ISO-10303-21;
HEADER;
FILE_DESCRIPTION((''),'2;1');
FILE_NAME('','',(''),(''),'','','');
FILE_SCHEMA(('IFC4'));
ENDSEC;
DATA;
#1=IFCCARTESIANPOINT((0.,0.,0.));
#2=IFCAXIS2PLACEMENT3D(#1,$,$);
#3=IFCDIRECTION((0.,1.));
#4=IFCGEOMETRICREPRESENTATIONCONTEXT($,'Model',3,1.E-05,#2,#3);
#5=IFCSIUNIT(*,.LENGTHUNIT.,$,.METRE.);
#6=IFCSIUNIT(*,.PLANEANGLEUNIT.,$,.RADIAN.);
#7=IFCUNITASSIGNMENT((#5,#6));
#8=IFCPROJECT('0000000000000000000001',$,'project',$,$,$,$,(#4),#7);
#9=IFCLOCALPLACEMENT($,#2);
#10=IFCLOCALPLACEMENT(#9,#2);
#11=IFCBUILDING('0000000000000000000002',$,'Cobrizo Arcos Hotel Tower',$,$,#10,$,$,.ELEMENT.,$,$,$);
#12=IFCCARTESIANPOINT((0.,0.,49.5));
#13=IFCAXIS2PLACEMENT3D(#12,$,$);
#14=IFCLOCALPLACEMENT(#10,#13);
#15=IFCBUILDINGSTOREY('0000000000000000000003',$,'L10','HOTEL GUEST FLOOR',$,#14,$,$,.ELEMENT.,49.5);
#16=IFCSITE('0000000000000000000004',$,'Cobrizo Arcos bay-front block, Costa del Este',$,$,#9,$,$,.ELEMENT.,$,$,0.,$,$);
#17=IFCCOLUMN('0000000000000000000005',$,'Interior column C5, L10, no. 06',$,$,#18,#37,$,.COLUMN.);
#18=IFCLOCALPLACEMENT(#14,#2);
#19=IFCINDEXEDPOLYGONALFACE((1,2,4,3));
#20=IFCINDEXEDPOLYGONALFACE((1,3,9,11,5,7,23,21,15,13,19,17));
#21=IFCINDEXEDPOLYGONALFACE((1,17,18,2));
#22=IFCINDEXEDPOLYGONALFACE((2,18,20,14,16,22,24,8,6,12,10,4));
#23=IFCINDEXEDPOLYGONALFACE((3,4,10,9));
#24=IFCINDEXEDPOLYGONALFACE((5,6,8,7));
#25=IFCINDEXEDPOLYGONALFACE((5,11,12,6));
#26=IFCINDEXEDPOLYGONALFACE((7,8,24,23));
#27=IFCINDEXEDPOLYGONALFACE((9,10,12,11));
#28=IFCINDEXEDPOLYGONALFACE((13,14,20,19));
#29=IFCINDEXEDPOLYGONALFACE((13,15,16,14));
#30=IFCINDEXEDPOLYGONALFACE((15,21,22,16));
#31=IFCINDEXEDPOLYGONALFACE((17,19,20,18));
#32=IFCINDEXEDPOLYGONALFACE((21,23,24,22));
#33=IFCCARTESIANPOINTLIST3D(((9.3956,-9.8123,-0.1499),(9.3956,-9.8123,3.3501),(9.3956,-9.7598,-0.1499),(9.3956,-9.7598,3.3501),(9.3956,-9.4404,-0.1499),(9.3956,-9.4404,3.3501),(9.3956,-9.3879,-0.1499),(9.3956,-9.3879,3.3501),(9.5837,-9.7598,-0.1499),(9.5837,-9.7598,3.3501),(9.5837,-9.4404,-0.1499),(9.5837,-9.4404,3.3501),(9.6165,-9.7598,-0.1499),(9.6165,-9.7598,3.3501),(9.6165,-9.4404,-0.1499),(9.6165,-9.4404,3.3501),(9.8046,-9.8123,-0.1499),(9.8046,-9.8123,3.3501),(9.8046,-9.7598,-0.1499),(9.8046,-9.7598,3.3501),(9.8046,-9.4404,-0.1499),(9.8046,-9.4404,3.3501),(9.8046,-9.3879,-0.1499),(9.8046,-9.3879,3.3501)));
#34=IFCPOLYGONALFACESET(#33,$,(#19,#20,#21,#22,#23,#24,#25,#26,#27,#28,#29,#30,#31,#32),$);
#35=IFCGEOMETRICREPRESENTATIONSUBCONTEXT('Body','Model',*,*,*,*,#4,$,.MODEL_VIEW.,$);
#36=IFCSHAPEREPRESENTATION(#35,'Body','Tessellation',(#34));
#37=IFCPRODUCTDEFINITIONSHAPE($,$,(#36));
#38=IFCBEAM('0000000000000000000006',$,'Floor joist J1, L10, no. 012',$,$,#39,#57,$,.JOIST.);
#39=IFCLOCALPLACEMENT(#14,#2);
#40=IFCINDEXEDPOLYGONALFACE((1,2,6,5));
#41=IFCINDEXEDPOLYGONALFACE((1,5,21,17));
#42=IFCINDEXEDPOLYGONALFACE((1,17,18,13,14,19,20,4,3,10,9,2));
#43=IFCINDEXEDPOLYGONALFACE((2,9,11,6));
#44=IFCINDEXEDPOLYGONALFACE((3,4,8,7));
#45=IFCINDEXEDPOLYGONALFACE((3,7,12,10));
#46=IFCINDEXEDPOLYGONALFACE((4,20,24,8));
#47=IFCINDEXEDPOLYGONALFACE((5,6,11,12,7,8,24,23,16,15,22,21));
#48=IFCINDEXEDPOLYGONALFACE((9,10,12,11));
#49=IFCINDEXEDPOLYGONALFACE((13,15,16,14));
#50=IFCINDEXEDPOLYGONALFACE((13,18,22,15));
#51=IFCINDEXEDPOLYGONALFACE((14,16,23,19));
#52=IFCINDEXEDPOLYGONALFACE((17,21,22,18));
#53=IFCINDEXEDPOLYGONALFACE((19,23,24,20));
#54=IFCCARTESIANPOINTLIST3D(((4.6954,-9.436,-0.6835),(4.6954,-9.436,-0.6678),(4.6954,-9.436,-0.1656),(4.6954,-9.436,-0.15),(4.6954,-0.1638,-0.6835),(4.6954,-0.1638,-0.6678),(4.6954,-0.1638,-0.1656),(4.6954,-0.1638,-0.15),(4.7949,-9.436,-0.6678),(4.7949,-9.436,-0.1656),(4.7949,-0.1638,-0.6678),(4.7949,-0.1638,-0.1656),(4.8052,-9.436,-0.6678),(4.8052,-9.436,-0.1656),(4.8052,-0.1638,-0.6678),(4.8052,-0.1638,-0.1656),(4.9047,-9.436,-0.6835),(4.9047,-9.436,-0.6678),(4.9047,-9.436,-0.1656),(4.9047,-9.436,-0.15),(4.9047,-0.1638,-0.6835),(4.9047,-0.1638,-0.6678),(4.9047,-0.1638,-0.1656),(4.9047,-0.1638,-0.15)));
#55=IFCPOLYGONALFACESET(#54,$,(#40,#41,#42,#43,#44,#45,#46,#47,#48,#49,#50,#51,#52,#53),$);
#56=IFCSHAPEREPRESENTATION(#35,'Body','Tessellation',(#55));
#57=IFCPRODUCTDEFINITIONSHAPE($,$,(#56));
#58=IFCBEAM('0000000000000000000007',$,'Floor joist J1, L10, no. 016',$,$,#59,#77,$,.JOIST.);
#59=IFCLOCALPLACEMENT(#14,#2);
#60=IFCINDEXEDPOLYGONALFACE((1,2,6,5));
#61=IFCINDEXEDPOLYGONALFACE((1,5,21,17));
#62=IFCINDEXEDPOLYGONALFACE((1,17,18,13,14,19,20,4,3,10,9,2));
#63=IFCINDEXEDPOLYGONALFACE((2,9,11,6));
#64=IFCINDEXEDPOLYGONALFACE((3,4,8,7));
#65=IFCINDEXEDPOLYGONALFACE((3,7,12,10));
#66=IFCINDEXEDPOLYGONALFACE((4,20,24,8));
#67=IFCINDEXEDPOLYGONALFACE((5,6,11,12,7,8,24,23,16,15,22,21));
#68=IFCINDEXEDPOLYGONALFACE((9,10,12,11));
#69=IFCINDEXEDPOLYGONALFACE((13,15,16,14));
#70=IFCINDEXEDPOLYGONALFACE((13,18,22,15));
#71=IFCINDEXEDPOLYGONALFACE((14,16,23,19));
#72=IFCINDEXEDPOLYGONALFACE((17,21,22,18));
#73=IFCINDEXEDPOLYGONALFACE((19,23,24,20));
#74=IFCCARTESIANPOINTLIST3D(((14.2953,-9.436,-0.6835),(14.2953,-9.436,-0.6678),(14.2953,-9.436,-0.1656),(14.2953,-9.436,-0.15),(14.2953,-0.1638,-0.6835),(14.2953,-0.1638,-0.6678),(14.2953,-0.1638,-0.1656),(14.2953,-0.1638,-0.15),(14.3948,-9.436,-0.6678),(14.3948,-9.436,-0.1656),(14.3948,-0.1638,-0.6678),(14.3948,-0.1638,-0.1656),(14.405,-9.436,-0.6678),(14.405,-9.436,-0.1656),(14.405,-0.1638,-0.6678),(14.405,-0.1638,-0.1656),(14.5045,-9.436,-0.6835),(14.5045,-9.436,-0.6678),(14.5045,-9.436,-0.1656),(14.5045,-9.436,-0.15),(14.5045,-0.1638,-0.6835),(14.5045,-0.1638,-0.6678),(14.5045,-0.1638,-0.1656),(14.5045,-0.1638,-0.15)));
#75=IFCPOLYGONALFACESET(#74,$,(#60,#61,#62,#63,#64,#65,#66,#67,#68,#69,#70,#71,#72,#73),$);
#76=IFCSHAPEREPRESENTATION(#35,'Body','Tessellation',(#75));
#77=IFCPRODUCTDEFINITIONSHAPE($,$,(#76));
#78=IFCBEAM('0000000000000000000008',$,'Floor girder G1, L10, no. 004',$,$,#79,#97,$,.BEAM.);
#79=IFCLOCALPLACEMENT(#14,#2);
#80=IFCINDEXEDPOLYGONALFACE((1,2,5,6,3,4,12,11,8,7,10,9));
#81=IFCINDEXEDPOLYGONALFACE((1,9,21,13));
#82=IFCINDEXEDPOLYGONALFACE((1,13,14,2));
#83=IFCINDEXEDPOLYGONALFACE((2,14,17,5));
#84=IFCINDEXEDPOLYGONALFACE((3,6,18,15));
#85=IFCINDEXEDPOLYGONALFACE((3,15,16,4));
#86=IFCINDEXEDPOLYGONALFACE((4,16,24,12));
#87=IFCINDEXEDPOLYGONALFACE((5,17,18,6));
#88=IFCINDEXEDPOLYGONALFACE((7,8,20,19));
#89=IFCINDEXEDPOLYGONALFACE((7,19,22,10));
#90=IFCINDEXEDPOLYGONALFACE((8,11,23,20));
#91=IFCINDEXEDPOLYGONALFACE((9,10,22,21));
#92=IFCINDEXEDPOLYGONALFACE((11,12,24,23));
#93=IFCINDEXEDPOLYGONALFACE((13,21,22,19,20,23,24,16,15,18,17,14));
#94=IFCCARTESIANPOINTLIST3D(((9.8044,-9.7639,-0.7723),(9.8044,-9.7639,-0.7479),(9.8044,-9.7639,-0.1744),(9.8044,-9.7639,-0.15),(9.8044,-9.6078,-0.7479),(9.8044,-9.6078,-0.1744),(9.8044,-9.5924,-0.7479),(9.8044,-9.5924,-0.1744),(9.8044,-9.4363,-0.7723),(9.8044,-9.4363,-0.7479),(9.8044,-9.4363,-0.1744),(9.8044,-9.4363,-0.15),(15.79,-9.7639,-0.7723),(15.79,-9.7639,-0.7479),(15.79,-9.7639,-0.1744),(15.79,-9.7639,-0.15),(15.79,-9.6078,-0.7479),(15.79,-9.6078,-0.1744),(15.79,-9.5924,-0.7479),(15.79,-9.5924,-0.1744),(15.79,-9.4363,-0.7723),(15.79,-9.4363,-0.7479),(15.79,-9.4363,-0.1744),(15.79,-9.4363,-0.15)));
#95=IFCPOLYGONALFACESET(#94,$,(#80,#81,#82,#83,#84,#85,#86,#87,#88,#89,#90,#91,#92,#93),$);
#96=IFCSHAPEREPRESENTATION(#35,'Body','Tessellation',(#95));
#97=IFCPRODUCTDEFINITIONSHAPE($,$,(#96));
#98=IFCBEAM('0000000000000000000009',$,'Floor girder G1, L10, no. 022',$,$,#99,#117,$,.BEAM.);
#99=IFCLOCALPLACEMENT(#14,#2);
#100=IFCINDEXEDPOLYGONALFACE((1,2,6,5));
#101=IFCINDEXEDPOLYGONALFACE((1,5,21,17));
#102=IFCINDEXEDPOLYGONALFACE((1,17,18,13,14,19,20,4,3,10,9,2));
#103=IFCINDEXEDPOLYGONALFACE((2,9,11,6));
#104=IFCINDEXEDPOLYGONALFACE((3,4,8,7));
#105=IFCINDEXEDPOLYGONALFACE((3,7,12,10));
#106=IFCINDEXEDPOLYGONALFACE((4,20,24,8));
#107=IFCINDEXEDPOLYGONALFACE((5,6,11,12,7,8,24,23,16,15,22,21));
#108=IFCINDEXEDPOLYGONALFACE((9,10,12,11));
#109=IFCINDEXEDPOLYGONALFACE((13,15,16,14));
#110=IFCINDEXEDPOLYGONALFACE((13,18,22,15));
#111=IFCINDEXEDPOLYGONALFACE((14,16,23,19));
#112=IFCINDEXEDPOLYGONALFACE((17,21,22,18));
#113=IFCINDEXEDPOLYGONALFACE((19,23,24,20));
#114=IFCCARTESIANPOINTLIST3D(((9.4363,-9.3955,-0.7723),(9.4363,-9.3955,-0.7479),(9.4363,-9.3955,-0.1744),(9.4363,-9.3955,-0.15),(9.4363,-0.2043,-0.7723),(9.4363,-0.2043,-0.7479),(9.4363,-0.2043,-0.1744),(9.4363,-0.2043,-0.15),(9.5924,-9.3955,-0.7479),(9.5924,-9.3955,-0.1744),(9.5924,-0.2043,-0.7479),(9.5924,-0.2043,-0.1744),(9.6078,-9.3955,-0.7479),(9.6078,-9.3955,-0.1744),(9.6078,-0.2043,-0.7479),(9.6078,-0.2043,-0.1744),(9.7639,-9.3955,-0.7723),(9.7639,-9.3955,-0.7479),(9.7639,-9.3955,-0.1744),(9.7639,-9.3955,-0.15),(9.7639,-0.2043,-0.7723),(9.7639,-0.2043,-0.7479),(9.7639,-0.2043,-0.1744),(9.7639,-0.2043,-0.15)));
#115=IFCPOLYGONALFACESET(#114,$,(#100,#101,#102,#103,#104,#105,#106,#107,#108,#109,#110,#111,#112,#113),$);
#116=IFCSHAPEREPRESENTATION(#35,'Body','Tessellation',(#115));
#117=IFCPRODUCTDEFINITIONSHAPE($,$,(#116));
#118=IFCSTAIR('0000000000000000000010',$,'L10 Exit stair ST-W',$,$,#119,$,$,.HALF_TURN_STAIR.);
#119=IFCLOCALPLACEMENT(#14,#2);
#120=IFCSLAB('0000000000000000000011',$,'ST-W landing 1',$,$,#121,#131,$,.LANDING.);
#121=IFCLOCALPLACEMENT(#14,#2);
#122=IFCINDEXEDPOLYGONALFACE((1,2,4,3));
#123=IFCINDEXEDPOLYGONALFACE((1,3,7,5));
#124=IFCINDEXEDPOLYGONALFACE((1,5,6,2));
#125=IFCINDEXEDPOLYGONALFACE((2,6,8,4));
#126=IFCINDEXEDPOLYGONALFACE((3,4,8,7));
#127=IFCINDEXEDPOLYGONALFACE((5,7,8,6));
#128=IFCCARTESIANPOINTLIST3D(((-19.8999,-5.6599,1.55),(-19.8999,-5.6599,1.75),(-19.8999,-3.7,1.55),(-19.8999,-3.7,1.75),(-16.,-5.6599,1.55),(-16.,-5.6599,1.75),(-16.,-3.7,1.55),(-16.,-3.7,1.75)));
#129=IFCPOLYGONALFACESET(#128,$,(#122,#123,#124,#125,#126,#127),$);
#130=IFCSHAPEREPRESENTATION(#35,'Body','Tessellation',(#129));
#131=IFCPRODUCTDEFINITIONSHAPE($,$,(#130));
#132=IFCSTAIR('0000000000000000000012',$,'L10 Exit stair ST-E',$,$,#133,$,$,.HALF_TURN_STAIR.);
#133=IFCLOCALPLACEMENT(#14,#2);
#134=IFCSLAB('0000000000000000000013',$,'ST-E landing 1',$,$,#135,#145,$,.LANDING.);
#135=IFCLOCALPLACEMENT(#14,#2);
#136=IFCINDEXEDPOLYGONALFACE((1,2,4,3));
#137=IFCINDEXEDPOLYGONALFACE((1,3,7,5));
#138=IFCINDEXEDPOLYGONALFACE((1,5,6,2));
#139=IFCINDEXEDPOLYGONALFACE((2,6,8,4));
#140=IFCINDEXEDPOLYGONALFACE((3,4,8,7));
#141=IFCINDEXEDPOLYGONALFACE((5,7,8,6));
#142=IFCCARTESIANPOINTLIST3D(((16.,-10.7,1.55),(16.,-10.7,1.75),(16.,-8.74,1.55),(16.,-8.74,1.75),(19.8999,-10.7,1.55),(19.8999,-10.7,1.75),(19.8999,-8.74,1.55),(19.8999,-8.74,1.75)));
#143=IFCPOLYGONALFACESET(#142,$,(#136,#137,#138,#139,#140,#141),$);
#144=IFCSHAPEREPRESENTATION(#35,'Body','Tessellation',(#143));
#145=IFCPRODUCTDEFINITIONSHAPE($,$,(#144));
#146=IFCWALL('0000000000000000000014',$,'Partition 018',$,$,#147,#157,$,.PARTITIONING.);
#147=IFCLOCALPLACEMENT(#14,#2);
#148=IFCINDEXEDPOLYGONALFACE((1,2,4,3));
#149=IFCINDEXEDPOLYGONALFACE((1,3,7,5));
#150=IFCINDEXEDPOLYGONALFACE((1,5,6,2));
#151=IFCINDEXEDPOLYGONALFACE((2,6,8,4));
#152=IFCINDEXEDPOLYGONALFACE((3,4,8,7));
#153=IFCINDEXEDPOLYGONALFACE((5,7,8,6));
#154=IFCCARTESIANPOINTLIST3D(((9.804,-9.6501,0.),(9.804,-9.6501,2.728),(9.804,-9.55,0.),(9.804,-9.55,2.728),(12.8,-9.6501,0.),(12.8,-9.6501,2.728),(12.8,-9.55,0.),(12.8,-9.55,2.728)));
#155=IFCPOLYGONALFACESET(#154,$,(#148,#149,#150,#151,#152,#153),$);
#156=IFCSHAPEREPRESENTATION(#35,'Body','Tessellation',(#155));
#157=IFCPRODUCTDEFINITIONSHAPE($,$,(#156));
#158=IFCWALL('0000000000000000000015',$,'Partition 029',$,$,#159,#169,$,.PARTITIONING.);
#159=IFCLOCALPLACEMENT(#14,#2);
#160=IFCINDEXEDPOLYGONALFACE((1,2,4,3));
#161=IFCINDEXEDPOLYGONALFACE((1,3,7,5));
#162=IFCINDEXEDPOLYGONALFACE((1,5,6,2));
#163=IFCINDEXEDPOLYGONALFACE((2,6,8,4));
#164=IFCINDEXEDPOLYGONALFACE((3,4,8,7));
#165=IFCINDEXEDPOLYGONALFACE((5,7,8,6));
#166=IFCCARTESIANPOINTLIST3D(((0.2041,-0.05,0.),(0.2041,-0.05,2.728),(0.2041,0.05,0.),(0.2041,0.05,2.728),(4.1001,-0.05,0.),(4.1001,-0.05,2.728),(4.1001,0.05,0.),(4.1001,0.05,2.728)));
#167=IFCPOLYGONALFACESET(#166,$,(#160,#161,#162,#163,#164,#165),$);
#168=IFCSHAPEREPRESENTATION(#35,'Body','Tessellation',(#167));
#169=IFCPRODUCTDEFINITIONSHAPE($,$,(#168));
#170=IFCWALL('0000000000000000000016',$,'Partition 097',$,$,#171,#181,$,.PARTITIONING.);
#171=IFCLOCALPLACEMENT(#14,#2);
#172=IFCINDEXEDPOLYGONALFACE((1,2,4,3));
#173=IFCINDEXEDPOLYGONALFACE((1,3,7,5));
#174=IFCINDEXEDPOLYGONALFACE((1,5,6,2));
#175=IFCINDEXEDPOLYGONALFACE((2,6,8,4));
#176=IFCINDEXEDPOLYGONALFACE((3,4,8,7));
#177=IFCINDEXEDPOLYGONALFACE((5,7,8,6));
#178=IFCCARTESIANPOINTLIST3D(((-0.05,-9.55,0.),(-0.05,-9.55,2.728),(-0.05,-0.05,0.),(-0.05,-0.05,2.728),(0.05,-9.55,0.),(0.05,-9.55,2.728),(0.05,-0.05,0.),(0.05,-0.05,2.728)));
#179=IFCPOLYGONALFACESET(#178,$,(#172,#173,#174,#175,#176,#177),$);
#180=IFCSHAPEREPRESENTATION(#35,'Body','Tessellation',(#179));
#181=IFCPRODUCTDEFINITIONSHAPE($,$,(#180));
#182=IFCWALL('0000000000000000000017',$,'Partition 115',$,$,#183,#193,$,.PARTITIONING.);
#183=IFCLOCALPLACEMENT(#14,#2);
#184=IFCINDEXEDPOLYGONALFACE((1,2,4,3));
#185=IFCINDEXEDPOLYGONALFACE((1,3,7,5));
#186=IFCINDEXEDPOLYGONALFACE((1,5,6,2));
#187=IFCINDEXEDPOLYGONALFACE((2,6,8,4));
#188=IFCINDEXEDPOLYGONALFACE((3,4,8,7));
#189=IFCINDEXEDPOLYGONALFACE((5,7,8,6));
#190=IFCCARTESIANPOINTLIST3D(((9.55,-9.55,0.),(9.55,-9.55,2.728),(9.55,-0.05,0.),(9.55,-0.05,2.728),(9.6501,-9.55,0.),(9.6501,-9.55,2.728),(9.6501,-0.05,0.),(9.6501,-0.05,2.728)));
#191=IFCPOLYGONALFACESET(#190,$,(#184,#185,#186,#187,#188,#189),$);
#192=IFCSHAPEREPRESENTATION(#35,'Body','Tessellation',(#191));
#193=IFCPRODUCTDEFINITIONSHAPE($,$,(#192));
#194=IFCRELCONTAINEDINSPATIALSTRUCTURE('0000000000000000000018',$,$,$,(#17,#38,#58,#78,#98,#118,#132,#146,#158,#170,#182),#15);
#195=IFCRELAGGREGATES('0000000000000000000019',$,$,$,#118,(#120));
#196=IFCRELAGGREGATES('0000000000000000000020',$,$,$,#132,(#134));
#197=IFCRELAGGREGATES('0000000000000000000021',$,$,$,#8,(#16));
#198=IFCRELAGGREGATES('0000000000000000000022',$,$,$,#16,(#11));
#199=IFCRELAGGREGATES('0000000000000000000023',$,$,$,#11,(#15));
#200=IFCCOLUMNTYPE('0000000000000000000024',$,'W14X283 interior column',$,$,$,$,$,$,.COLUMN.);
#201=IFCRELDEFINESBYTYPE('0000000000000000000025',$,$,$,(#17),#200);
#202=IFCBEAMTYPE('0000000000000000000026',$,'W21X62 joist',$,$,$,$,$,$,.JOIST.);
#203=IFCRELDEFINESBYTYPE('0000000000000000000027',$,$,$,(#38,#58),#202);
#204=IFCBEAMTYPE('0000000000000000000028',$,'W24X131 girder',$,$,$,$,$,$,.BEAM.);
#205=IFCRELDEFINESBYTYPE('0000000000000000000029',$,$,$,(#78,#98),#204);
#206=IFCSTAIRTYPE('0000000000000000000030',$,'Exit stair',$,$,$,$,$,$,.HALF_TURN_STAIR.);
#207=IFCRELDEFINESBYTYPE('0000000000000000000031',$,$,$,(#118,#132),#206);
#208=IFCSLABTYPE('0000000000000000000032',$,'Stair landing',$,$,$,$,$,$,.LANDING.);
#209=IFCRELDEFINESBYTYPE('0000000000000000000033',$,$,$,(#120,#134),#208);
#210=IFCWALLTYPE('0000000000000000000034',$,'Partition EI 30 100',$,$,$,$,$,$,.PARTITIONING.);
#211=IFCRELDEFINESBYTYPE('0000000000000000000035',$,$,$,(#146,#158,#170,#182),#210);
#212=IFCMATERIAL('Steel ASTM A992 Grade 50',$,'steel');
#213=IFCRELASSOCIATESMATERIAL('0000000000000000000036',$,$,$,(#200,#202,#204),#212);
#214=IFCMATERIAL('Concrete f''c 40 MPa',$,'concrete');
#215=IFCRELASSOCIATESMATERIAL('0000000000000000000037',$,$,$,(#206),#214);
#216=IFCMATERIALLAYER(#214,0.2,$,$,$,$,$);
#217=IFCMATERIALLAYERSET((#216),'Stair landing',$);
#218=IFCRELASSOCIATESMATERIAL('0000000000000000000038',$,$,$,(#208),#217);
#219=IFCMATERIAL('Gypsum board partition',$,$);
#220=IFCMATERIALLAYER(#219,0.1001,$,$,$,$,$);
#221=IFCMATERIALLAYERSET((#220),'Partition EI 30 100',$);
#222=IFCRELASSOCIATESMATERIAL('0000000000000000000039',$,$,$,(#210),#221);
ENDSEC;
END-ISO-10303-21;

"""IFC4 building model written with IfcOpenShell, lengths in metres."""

from ifc_helpers import new_model, si_unit, direction, frame, frame_2d, origin, origin_2d, place, context, subcontext, project, spatial, polyline, rectangle, i_section, outline, extrude, material, layer, layer_set, material_profile, profile_set, type_object, element, aggregate, save


model = new_model("IFC4")

# Units and contexts
model_context = context("Model", 3, precision=1e-05, world=origin(), true_north=direction((0.0, 1.0)))
body_context = subcontext(model_context, "Body", "Model", "MODEL_VIEW")
ifc_project = project(units=[si_unit("LENGTHUNIT", "METRE"), si_unit("PLANEANGLEUNIT", "RADIAN")], contexts=[model_context])

# Site, building, storey
site_placement = place(None, origin())
site = spatial("IfcSite", under=ifc_project, at=site_placement, Name="Cobrizo Arcos bay-front block, Costa del Este", CompositionType="ELEMENT", RefElevation=0.0)
building_placement = place(site_placement, origin())
building = spatial("IfcBuilding", under=site, at=building_placement, Name="Cobrizo Arcos Hotel Tower", CompositionType="ELEMENT")
storey_placement = place(building_placement, frame((0.0, 0.0, 49.5)))
storey = spatial("IfcBuildingStorey", under=building, at=storey_placement, Name="L10", Description="HOTEL GUEST FLOOR", CompositionType="ELEMENT", Elevation=49.5)

# Column
ifc_material_1 = material(Name="Steel ASTM A992 Grade 50", Category="steel")
ifc_material_profile_1 = material_profile(ifc_material_1, i_section(OverallWidth=0.4089, OverallDepth=0.4243, WebThickness=0.0327, FlangeThickness=0.0525, at=origin_2d()), Name="W14X283")
ifc_profile_set_1 = profile_set([ifc_material_profile_1], Name="Steel ASTM A992 Grade 50")
column_type = type_object("IfcColumnType", Name="W14X283 interior column", PredefinedType="COLUMN", material=ifc_profile_set_1)
column_placement = place(storey_placement, frame((9.6001, -9.6001, -0.1499), z_axis=(0.0, 0.0, 1.0), x_axis=(1.0, 0.0, 0.0)))
element("IfcColumn", 1, at=column_placement, inside=storey, type_object=column_type, Name="Interior column C5, L10, no. 06", PredefinedType="COLUMN", context=body_context, shape_type="SweptSolid", body=[
    extrude(i_section(OverallWidth=0.4089, OverallDepth=0.4243, WebThickness=0.0327, FlangeThickness=0.0525, at=origin_2d()), origin(), (0.0, 0.0, 1.0), 3.5),
])

# Beams
ifc_material_profile_2 = material_profile(ifc_material_1, i_section(OverallWidth=0.2092, OverallDepth=0.5334, WebThickness=0.0103, FlangeThickness=0.0156, at=origin_2d()), Name="W21X62")
ifc_profile_set_2 = profile_set([ifc_material_profile_2], Name="Steel ASTM A992 Grade 50")
beam_type_1 = type_object("IfcBeamType", Name="W21X62 joist", PredefinedType="JOIST", material=ifc_profile_set_2)
for number, where, z_axis, x_axis, name in (
    (2, (4.8, -9.436, -0.4167), (0.0, 1.0, 0.0), (-1.0, 0.0, 0.0), "Floor joist J1, L10, no. 012"),
    (3, (14.3999, -9.436, -0.4167), (0.0, 1.0, 0.0), (-1.0, 0.0, 0.0), "Floor joist J1, L10, no. 016"),
):
    element("IfcBeam", number, at=place(storey_placement, frame(where, z_axis=z_axis, x_axis=x_axis)), inside=storey, type_object=beam_type_1, Name=name, PredefinedType="JOIST", context=body_context, shape_type="SweptSolid", body=[
        extrude(i_section(OverallWidth=0.2092, OverallDepth=0.5334, WebThickness=0.0103, FlangeThickness=0.0156, at=origin_2d()), origin(), (0.0, 0.0, 1.0), 9.2722),
    ])
ifc_material_profile_3 = material_profile(ifc_material_1, i_section(OverallWidth=0.3276, OverallDepth=0.6223, WebThickness=0.0154, FlangeThickness=0.0244, at=origin_2d()), Name="W24X131")
ifc_profile_set_3 = profile_set([ifc_material_profile_3], Name="Steel ASTM A992 Grade 50")
beam_type_2 = type_object("IfcBeamType", Name="W24X131 girder", PredefinedType="BEAM", material=ifc_profile_set_3)
beam_1_placement = place(storey_placement, frame((9.8044, -9.6001, -0.4612), z_axis=(1.0, 0.0, 0.0), x_axis=(0.0, 1.0, 0.0)))
element("IfcBeam", 4, at=beam_1_placement, inside=storey, type_object=beam_type_2, Name="Floor girder G1, L10, no. 004", PredefinedType="BEAM", context=body_context, shape_type="SweptSolid", body=[
    extrude(i_section(OverallWidth=0.3276, OverallDepth=0.6223, WebThickness=0.0154, FlangeThickness=0.0244, at=origin_2d()), origin(), (0.0, 0.0, 1.0), 5.9856),
])
beam_2_placement = place(storey_placement, frame((9.6001, -9.3955, -0.4612), z_axis=(0.0, 1.0, 0.0), x_axis=(-1.0, 0.0, 0.0)))
element("IfcBeam", 5, at=beam_2_placement, inside=storey, type_object=beam_type_2, Name="Floor girder G1, L10, no. 022", PredefinedType="BEAM", context=body_context, shape_type="SweptSolid", body=[
    extrude(i_section(OverallWidth=0.3276, OverallDepth=0.6223, WebThickness=0.0154, FlangeThickness=0.0244, at=origin_2d()), origin(), (0.0, 0.0, 1.0), 9.1912),
])

# Stairs, slabs
ifc_material_2 = material(Name="Concrete f'c 40 MPa", Category="concrete")
stair_type = type_object("IfcStairType", Name="Exit stair", PredefinedType="HALF_TURN_STAIR", material=ifc_material_2)
stair_1_placement = place(storey_placement, origin())
stair_1 = element("IfcStair", 6, at=stair_1_placement, inside=storey, type_object=stair_type, Name="L10 Exit stair ST-W", PredefinedType="HALF_TURN_STAIR")
ifc_layer_1 = layer(ifc_material_2, 0.2)
ifc_layer_set_1 = layer_set([ifc_layer_1], Name="Stair landing")
slab_type = type_object("IfcSlabType", Name="Stair landing", PredefinedType="LANDING", material=ifc_layer_set_1)
slab_1_placement = place(storey_placement, frame((0.0, 0.0, 1.55)))
slab_1 = element("IfcSlab", 7, at=slab_1_placement, type_object=slab_type, Name="ST-W landing 1", PredefinedType="LANDING", context=body_context, shape_type="SweptSolid", body=[
    extrude(outline(polyline([(-16.0, -5.6599), (-16.0, -3.7), (-19.8999, -3.7), (-19.8999, -5.6599), (-16.0, -5.6599)])), origin(), (0.0, 0.0, 1.0), 0.2),
])
aggregate(stair_1, [slab_1])
stair_2_placement = place(storey_placement, origin())
stair_2 = element("IfcStair", 8, at=stair_2_placement, inside=storey, type_object=stair_type, Name="L10 Exit stair ST-E", PredefinedType="HALF_TURN_STAIR")
slab_2_placement = place(storey_placement, frame((0.0, 0.0, 1.55)))
slab_2 = element("IfcSlab", 9, at=slab_2_placement, type_object=slab_type, Name="ST-E landing 1", PredefinedType="LANDING", context=body_context, shape_type="SweptSolid", body=[
    extrude(outline(polyline([(16.0, -8.74), (16.0, -10.7), (19.8999, -10.7), (19.8999, -8.74), (16.0, -8.74)])), origin(), (0.0, 0.0, 1.0), 0.2),
])
aggregate(stair_2, [slab_2])

# Walls
ifc_material_3 = material(Name="Gypsum board partition")
ifc_layer_2 = layer(ifc_material_3, 0.1001)
ifc_layer_set_2 = layer_set([ifc_layer_2], Name="Partition EI 30 100")
wall_type_1 = type_object("IfcWallType", Name="Partition EI 30 100", PredefinedType="PARTITIONING", material=ifc_layer_set_2)
wall_1_placement = place(storey_placement, frame((9.804, -9.6001, 0.0), z_axis=(0.0, 0.0, 1.0), x_axis=(1.0, 0.0, 0.0)))
element("IfcWall", 10, at=wall_1_placement, inside=storey, type_object=wall_type_1, Name="Partition 018", PredefinedType="PARTITIONING", context=body_context, shape_type="SweptSolid", body=[
    extrude(rectangle(XDim=2.9961, YDim=0.1001, at=frame_2d((1.498, 0.0))), origin(), (0.0, 0.0, 1.0), 2.728),
])
wall_2_placement = place(storey_placement, frame((0.2041, 0.0, 0.0), z_axis=(0.0, 0.0, 1.0), x_axis=(1.0, 0.0, 0.0)))
element("IfcWall", 11, at=wall_2_placement, inside=storey, type_object=wall_type_1, Name="Partition 029", PredefinedType="PARTITIONING", context=body_context, shape_type="SweptSolid", body=[
    extrude(rectangle(XDim=3.896, YDim=0.1001, at=frame_2d((1.948, 0.0))), origin(), (0.0, 0.0, 1.0), 2.728),
])
for number, where, z_axis, x_axis, name in (
    (12, (0.0, -9.55, 0.0), (0.0, 0.0, 1.0), (0.0, 1.0, 0.0), "Partition 097"),
    (13, (9.6001, -9.55, 0.0), (0.0, 0.0, 1.0), (0.0, 1.0, 0.0), "Partition 115"),
):
    element("IfcWall", number, at=place(storey_placement, frame(where, z_axis=z_axis, x_axis=x_axis)), inside=storey, type_object=wall_type_1, Name=name, PredefinedType="PARTITIONING", context=body_context, shape_type="SweptSolid", body=[
        extrude(rectangle(XDim=9.5, YDim=0.1001, at=frame_2d((4.75, 0.0))), origin(), (0.0, 0.0, 1.0), 2.728),
    ])

save(model, "model.ifc")
